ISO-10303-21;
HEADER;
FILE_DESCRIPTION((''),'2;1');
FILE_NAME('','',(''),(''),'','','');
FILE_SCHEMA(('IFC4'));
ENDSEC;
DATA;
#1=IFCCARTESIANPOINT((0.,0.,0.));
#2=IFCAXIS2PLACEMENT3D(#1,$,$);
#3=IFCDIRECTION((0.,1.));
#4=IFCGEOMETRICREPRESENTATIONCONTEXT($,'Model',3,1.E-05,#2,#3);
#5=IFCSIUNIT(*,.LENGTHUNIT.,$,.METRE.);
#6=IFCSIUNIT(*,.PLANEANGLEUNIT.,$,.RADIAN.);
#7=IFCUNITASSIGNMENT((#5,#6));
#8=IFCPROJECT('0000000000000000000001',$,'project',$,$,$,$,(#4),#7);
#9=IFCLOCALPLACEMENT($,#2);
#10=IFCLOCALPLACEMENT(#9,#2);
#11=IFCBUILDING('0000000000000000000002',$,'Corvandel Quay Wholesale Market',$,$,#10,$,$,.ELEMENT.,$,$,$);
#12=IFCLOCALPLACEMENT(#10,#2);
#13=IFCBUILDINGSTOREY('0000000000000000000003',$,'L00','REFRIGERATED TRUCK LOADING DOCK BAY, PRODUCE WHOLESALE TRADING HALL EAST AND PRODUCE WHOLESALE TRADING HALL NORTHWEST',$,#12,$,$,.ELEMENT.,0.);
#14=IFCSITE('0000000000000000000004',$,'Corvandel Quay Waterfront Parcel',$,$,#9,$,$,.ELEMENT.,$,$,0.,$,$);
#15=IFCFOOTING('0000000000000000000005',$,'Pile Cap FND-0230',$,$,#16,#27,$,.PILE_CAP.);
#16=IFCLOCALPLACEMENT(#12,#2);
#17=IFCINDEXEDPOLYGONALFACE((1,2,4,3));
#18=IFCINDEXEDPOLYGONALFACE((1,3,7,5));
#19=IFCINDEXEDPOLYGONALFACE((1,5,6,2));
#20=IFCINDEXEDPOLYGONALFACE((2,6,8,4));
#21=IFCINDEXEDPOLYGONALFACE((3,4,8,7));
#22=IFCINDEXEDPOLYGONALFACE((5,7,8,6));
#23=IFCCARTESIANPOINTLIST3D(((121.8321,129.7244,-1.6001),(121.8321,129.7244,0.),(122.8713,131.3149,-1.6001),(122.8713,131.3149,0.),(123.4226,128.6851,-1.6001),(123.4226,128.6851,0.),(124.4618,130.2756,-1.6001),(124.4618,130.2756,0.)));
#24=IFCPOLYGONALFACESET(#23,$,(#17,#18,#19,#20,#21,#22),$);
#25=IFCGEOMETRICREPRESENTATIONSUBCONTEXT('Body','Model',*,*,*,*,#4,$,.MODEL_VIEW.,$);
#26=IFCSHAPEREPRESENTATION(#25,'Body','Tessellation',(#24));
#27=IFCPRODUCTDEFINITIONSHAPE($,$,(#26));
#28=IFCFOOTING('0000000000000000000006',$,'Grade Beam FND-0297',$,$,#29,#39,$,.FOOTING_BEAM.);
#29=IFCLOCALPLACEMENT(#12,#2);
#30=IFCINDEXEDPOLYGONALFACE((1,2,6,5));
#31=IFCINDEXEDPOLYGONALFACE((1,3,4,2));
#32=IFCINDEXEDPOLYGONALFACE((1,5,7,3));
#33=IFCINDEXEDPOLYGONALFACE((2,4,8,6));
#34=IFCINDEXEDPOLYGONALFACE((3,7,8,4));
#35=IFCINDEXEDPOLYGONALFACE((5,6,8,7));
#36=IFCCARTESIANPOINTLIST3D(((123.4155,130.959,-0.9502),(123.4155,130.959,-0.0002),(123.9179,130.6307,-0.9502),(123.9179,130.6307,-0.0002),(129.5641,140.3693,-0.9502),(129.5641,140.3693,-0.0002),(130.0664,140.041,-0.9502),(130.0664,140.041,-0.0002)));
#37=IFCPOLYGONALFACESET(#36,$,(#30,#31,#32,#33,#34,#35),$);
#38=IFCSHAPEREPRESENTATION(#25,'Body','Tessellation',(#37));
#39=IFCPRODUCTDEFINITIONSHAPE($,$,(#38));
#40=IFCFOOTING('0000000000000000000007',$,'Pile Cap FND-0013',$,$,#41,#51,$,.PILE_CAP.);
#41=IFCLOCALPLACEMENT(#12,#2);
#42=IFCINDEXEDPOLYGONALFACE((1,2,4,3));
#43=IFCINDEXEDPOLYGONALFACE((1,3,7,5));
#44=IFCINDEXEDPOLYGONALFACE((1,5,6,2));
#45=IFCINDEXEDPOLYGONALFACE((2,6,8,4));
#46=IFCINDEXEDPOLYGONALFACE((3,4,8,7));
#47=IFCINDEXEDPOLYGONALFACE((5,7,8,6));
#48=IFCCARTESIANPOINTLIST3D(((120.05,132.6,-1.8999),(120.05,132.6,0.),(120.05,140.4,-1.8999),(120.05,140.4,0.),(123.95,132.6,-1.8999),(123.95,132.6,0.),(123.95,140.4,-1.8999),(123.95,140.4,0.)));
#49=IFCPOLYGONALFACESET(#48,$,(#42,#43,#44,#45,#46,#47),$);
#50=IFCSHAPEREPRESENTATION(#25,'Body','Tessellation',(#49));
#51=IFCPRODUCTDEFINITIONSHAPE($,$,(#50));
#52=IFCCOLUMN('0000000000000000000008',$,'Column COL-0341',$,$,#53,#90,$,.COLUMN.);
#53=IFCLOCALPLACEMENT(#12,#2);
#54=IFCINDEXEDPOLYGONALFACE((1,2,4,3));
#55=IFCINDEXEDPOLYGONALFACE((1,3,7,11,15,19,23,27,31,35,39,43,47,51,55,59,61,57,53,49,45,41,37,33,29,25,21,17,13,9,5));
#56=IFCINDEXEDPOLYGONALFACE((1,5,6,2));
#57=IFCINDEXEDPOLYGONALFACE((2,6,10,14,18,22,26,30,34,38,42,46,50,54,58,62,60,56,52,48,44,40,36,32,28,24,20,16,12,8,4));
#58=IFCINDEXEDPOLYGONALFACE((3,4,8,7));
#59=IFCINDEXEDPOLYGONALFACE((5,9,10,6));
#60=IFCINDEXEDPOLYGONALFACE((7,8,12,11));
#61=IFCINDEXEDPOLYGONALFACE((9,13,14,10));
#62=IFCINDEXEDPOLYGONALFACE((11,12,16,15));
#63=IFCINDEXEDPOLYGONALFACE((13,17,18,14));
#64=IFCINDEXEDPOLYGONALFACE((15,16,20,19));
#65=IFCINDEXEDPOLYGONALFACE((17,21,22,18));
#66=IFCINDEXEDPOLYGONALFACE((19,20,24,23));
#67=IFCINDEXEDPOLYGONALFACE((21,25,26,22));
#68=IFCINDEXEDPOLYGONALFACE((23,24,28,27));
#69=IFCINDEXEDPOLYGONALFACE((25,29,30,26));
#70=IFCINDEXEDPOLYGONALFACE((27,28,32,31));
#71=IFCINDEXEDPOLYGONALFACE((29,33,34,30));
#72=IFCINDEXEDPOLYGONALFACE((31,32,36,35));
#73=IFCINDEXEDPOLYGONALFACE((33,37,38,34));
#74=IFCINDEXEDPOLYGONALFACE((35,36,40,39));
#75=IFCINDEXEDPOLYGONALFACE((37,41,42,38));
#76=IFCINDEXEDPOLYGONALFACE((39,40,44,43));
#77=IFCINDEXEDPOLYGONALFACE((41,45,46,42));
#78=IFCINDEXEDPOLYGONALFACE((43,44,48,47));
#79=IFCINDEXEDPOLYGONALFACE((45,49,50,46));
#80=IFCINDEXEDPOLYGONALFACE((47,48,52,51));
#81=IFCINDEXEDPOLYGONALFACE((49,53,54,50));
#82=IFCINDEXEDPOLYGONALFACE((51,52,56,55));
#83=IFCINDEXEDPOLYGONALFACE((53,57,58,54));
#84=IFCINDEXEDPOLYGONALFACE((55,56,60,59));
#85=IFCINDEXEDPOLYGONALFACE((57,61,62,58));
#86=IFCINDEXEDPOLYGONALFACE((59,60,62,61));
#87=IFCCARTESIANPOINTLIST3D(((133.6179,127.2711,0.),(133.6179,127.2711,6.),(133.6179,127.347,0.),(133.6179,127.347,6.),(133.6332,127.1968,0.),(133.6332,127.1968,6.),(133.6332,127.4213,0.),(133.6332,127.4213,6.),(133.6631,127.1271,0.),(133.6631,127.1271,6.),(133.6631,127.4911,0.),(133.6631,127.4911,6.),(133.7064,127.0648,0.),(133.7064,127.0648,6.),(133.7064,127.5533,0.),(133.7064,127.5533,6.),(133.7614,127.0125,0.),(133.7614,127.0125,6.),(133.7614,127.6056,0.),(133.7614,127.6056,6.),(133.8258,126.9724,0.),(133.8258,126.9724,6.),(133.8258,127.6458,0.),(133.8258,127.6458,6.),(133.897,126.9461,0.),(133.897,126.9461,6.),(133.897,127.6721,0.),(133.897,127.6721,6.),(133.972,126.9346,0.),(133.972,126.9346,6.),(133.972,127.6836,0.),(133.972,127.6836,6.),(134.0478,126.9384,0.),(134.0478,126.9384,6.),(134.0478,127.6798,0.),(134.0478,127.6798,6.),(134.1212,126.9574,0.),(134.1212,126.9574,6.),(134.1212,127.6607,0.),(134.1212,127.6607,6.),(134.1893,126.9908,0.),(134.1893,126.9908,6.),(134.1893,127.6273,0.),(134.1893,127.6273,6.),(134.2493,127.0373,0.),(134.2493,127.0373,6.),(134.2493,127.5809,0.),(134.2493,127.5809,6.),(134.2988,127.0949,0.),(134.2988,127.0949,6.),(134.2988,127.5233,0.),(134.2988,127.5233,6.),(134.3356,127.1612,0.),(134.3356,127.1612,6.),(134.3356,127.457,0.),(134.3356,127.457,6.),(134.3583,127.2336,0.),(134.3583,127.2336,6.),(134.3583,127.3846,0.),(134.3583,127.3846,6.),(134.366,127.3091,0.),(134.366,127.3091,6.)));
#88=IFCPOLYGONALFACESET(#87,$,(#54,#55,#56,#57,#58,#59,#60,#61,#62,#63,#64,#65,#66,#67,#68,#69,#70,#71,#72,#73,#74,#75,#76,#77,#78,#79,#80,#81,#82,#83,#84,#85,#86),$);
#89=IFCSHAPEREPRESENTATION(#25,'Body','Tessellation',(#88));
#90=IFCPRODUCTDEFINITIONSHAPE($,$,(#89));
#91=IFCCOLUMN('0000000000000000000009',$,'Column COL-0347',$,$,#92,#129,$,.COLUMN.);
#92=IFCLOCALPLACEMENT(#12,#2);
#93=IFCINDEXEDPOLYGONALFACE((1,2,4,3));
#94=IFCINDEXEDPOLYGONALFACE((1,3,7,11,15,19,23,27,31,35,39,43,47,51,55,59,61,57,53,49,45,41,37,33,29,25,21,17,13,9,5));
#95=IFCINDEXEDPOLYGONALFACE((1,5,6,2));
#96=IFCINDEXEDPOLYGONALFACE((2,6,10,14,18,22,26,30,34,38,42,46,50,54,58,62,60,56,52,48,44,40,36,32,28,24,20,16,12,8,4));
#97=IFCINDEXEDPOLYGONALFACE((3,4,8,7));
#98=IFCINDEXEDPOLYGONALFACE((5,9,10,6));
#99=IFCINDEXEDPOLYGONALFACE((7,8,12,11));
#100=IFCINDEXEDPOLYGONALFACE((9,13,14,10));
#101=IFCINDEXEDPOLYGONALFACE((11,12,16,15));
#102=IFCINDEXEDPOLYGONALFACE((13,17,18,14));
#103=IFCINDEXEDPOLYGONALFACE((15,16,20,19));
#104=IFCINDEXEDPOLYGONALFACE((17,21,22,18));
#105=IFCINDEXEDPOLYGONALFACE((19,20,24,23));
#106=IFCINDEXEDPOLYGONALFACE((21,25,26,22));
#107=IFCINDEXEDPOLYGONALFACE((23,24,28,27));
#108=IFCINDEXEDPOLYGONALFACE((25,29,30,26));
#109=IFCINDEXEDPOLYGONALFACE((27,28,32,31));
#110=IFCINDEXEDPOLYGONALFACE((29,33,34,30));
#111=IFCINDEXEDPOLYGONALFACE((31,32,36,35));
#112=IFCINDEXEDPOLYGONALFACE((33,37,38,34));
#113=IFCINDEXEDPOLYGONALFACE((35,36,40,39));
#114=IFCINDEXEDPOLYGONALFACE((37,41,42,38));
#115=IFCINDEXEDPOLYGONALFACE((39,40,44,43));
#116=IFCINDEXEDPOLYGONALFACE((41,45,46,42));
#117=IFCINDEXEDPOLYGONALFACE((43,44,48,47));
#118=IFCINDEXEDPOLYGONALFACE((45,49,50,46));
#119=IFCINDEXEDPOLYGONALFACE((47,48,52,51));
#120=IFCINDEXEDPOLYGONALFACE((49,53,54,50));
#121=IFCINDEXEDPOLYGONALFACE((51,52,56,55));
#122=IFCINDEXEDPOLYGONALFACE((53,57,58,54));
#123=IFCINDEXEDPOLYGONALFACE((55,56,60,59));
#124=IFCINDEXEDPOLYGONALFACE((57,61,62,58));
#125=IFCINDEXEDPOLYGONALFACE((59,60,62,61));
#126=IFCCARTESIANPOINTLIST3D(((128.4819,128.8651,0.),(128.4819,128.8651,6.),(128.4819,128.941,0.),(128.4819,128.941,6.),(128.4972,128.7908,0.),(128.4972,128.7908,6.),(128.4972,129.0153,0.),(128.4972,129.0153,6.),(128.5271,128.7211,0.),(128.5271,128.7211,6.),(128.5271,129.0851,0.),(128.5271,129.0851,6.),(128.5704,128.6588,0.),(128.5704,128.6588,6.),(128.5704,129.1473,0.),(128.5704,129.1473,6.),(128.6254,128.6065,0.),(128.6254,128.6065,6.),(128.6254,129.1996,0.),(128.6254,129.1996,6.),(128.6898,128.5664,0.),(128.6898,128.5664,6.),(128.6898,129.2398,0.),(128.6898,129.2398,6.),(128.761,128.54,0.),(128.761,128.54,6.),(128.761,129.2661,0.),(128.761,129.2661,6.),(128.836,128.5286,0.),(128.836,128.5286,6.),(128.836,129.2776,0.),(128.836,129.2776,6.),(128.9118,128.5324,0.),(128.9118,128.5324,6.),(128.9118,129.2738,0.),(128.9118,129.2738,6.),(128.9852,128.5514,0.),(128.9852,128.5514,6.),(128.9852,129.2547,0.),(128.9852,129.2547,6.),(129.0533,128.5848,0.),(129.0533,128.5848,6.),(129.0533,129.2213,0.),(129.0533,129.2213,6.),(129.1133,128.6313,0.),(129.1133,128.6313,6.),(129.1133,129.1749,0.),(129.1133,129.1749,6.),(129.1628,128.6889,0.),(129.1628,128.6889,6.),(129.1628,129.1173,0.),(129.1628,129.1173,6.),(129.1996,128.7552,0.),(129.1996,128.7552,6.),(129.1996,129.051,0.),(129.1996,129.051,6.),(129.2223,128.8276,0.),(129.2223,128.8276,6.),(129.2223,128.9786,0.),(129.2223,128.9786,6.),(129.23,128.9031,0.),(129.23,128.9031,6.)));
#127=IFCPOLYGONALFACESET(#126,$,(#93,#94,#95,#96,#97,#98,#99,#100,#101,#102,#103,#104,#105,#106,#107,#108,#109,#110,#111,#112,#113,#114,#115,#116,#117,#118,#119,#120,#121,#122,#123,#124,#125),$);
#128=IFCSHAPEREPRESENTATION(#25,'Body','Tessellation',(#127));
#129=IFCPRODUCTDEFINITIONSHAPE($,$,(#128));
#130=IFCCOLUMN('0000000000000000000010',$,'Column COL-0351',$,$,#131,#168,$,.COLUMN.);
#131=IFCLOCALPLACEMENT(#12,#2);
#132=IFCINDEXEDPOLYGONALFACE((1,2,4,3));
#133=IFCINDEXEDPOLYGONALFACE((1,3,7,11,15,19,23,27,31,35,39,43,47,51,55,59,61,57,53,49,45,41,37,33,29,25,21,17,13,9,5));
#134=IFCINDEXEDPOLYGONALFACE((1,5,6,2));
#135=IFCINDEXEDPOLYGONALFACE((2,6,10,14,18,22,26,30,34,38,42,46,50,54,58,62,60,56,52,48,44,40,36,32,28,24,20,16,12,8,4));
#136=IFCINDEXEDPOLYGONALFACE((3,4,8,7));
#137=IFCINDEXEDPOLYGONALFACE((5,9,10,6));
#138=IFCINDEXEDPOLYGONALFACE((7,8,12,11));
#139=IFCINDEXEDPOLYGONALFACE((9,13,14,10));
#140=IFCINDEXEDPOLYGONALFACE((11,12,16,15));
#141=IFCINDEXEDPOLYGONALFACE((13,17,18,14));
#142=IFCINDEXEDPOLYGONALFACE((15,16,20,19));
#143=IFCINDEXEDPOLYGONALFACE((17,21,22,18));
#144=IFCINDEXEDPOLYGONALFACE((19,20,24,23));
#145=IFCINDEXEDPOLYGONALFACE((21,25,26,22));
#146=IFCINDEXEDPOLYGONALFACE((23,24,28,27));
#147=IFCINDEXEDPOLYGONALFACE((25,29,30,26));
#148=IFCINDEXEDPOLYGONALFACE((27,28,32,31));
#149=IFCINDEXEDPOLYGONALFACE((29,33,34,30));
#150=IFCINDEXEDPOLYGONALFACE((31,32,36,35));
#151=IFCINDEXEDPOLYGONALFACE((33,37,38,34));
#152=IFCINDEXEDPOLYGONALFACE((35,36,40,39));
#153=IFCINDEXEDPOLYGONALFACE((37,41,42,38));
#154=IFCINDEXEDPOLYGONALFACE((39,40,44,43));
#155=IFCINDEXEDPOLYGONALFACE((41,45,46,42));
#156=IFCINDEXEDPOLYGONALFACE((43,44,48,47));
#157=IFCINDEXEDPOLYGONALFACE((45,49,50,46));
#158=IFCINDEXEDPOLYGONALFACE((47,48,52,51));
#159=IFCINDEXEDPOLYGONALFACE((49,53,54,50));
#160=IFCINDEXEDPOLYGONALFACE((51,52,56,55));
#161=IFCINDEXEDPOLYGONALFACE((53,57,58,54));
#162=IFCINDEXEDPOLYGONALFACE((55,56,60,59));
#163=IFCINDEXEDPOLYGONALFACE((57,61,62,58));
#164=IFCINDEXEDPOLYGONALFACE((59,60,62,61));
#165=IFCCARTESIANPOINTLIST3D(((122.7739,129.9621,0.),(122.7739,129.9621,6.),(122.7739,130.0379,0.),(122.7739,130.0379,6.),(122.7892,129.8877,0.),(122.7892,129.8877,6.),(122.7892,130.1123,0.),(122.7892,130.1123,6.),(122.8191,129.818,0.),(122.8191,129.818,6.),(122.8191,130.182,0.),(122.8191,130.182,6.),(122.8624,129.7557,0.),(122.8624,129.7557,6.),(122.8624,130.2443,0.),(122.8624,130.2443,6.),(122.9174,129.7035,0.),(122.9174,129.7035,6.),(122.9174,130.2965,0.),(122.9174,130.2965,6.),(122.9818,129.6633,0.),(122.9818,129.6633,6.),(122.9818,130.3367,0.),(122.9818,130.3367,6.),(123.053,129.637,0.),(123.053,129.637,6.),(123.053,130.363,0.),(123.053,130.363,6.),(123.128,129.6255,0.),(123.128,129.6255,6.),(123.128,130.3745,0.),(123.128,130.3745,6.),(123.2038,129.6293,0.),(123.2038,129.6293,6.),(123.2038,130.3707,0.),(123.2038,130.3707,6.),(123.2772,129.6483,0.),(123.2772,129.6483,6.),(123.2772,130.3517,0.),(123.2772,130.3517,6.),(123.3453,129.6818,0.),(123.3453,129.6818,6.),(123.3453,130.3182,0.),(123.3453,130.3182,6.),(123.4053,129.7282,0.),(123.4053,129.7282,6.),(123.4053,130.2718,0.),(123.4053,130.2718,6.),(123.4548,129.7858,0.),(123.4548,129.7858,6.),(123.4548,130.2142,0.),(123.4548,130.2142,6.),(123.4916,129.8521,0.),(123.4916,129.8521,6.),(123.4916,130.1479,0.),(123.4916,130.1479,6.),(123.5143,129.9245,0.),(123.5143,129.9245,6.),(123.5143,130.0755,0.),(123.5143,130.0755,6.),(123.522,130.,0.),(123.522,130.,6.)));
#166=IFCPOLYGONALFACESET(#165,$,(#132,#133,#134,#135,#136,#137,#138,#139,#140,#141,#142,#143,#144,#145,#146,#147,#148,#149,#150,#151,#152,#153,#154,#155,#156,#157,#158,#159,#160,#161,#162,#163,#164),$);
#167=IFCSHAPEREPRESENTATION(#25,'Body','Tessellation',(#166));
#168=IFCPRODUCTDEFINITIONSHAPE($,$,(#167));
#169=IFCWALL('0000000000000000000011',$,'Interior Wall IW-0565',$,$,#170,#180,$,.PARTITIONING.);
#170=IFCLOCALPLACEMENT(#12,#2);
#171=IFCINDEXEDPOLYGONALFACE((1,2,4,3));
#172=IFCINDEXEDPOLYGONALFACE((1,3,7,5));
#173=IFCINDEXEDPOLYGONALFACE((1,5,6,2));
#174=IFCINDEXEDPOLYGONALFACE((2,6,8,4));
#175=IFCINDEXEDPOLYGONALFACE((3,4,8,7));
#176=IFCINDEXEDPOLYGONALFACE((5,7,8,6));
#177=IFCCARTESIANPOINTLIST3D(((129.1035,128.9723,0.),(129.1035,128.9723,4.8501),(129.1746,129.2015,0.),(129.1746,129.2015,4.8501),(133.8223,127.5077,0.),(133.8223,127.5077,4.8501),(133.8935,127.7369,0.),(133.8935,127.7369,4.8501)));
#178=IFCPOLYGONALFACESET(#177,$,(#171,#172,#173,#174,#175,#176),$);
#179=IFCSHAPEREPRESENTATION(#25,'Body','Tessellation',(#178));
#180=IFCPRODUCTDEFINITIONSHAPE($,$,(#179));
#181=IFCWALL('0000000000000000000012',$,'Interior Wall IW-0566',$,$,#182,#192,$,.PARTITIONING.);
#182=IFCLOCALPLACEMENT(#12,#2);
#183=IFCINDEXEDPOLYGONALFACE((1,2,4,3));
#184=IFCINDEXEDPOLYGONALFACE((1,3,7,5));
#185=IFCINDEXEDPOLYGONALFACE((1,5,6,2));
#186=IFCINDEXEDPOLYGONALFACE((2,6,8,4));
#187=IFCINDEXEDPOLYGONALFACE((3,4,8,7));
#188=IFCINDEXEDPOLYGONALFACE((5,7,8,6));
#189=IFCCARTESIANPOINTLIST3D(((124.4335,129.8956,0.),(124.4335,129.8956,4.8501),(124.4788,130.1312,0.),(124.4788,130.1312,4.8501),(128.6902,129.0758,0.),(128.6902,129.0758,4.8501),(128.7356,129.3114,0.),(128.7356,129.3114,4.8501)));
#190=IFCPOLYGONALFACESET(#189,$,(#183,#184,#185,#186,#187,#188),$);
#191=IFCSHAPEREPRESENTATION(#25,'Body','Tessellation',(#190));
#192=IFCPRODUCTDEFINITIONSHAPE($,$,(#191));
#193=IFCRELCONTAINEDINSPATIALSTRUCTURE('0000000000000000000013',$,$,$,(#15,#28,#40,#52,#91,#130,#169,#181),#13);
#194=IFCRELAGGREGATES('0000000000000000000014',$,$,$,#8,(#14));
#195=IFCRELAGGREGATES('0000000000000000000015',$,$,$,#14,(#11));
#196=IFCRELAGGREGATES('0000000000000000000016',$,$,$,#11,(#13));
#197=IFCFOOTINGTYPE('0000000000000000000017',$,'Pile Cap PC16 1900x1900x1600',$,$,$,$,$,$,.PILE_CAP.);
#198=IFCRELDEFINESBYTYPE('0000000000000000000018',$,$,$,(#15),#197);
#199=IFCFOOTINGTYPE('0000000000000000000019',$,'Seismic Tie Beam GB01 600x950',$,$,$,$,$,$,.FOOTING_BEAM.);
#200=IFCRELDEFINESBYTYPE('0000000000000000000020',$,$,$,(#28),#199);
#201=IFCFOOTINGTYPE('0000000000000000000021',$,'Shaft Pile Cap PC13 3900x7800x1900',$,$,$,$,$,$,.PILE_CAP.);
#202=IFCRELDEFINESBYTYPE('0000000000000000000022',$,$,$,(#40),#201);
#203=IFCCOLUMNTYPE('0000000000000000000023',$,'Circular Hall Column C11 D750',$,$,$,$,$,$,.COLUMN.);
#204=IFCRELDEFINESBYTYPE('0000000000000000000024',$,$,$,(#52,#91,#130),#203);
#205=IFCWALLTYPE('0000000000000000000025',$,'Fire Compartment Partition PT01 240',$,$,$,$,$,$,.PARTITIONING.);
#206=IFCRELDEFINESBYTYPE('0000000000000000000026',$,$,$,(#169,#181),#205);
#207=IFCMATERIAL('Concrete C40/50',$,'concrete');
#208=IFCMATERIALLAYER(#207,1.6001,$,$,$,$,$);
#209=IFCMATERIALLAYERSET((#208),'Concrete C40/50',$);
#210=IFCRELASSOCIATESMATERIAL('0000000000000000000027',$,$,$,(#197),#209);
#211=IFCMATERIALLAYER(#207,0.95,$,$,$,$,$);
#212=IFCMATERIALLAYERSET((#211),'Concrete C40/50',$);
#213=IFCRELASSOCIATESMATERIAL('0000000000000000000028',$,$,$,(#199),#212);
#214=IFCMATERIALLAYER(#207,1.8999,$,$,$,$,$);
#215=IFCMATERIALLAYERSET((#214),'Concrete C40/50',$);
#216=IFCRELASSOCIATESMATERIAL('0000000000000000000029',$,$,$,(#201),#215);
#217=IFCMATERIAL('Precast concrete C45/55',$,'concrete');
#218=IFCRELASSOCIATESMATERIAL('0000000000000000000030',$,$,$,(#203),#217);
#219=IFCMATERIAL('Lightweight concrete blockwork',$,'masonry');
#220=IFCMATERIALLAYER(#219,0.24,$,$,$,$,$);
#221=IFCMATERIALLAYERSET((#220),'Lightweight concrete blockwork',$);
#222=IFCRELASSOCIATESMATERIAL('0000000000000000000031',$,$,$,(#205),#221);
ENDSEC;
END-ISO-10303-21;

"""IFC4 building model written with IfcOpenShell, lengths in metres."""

from ifc_helpers import new_model, si_unit, direction, frame, frame_2d, origin, origin_2d, place, context, subcontext, project, spatial, rectangle, circle, extrude, material, layer, layer_set, material_profile, profile_set, type_object, element, save


model = new_model("IFC4")

# Units and contexts
model_context = context("Model", 3, precision=1e-05, world=origin(), true_north=direction((0.0, 1.0)))
body_context = subcontext(model_context, "Body", "Model", "MODEL_VIEW")
ifc_project = project(units=[si_unit("LENGTHUNIT", "METRE"), si_unit("PLANEANGLEUNIT", "RADIAN")], contexts=[model_context])

# Site, building, storey
site_placement = place(None, origin())
site = spatial("IfcSite", under=ifc_project, at=site_placement, Name="Corvandel Quay Waterfront Parcel", CompositionType="ELEMENT", RefElevation=0.0)
building_placement = place(site_placement, origin())
building = spatial("IfcBuilding", under=site, at=building_placement, Name="Corvandel Quay Wholesale Market", CompositionType="ELEMENT")
storey_placement = place(building_placement, origin())
storey = spatial("IfcBuildingStorey", under=building, at=storey_placement, Name="L00", Description="REFRIGERATED TRUCK LOADING DOCK BAY, PRODUCE WHOLESALE TRADING HALL EAST AND PRODUCE WHOLESALE TRADING HALL NORTHWEST", CompositionType="ELEMENT", Elevation=0.0)

# Shared definitions
ifc_material_1 = material(Name="Concrete C40/50", Category="concrete")

# Footings
ifc_layer_1 = layer(ifc_material_1, 1.6001)
ifc_layer_set_1 = layer_set([ifc_layer_1], Name="Concrete C40/50")
footing_type_1 = type_object("IfcFootingType", Name="Pile Cap PC16 1900x1900x1600", PredefinedType="PILE_CAP", material=ifc_layer_set_1)
footing_1_placement = place(storey_placement, frame((123.147, 130.0, -1.6001), z_axis=(0.0, 0.0, 1.0), x_axis=(-0.837146, 0.546979, 0.0)))
element("IfcFooting", 1, at=footing_1_placement, inside=storey, type_object=footing_type_1, Name="Pile Cap FND-0230", PredefinedType="PILE_CAP", context=body_context, shape_type="SweptSolid", body=[
    extrude(rectangle(XDim=1.8999, YDim=1.8999, at=origin_2d()), origin(), (0.0, 0.0, 1.0), 1.6001),
])
ifc_layer_2 = layer(ifc_material_1, 0.95)
ifc_layer_set_2 = layer_set([ifc_layer_2], Name="Concrete C40/50")
footing_type_2 = type_object("IfcFootingType", Name="Seismic Tie Beam GB01 600x950", PredefinedType="FOOTING_BEAM", material=ifc_layer_set_2)
footing_2_placement = place(storey_placement, frame((126.741, 135.5, -0.9502), z_axis=(0.0, 0.0, 1.0), x_axis=(0.546979, 0.837146, 0.0)))
element("IfcFooting", 2, at=footing_2_placement, inside=storey, type_object=footing_type_2, Name="Grade Beam FND-0297", PredefinedType="FOOTING_BEAM", context=body_context, shape_type="SweptSolid", body=[
    extrude(rectangle(XDim=11.241, YDim=0.6001, at=origin_2d()), origin(), (0.0, 0.0, 1.0), 0.95),
])
ifc_layer_3 = layer(ifc_material_1, 1.8999)
ifc_layer_set_3 = layer_set([ifc_layer_3], Name="Concrete C40/50")
footing_type_3 = type_object("IfcFootingType", Name="Shaft Pile Cap PC13 3900x7800x1900", PredefinedType="PILE_CAP", material=ifc_layer_set_3)
footing_3_placement = place(storey_placement, frame((122.0, 136.5, -1.8999), z_axis=(0.0, 0.0, 1.0), x_axis=(1.0, 0.0, 0.0)))
element("IfcFooting", 3, at=footing_3_placement, inside=storey, type_object=footing_type_3, Name="Pile Cap FND-0013", PredefinedType="PILE_CAP", context=body_context, shape_type="SweptSolid", body=[
    extrude(rectangle(XDim=3.8999, YDim=7.8, at=origin_2d()), origin(), (0.0, 0.0, 1.0), 1.8999),
])

# Columns
ifc_material_2 = material(Name="Precast concrete C45/55", Category="concrete")
ifc_material_profile_1 = material_profile(ifc_material_2, circle(Radius=0.375, at=origin_2d()), Name="PC-COL-D750")
ifc_profile_set_1 = profile_set([ifc_material_profile_1], Name="Precast concrete C45/55")
column_type = type_object("IfcColumnType", Name="Circular Hall Column C11 D750", PredefinedType="COLUMN", material=ifc_profile_set_1)
for number, where, z_axis, x_axis, name in (
    (4, (133.991, 127.3091, 0.0), (0.0, 0.0, 1.0), (1.0, 0.0, 0.0), "Column COL-0341"),
    (5, (128.855, 128.9031, 0.0), (0.0, 0.0, 1.0), (1.0, 0.0, 0.0), "Column COL-0347"),
    (6, (123.147, 130.0, 0.0), (0.0, 0.0, 1.0), (1.0, 0.0, 0.0), "Column COL-0351"),
):
    element("IfcColumn", number, at=place(storey_placement, frame(where, z_axis=z_axis, x_axis=x_axis)), inside=storey, type_object=column_type, Name=name, PredefinedType="COLUMN", context=body_context, shape_type="SweptSolid", body=[
        extrude(circle(Radius=0.375, at=origin_2d()), origin(), (0.0, 0.0, 1.0), 6.0),
    ])

# Walls
ifc_material_3 = material(Name="Lightweight concrete blockwork", Category="masonry")
ifc_layer_4 = layer(ifc_material_3, 0.24)
ifc_layer_set_4 = layer_set([ifc_layer_4], Name="Lightweight concrete blockwork")
wall_type_1 = type_object("IfcWallType", Name="Fire Compartment Partition PT01 240", PredefinedType="PARTITIONING", material=ifc_layer_set_4)
wall_1_placement = place(storey_placement, frame((133.8579, 127.6223, 0.0), z_axis=(0.0, 0.0, 1.0), x_axis=(-0.955055, 0.296429, 0.0)))
element("IfcWall", 7, at=wall_1_placement, inside=storey, type_object=wall_type_1, Name="Interior Wall IW-0565", PredefinedType="PARTITIONING", context=body_context, shape_type="SweptSolid", body=[
    extrude(rectangle(XDim=4.9409, YDim=0.24, at=frame_2d((2.4705, 0.0))), origin(), (0.0, 0.0, 1.0), 4.8501),
])
wall_2_placement = place(storey_placement, frame((128.7129, 129.1936, 0.0), z_axis=(0.0, 0.0, 1.0), x_axis=(-0.981955, 0.189115, 0.0)))
element("IfcWall", 8, at=wall_2_placement, inside=storey, type_object=wall_type_1, Name="Interior Wall IW-0566", PredefinedType="PARTITIONING", context=body_context, shape_type="SweptSolid", body=[
    extrude(rectangle(XDim=4.335, YDim=0.24, at=frame_2d((2.1675, 0.0))), origin(), (0.0, 0.0, 1.0), 4.8501),
])

save(model, "model.ifc")
